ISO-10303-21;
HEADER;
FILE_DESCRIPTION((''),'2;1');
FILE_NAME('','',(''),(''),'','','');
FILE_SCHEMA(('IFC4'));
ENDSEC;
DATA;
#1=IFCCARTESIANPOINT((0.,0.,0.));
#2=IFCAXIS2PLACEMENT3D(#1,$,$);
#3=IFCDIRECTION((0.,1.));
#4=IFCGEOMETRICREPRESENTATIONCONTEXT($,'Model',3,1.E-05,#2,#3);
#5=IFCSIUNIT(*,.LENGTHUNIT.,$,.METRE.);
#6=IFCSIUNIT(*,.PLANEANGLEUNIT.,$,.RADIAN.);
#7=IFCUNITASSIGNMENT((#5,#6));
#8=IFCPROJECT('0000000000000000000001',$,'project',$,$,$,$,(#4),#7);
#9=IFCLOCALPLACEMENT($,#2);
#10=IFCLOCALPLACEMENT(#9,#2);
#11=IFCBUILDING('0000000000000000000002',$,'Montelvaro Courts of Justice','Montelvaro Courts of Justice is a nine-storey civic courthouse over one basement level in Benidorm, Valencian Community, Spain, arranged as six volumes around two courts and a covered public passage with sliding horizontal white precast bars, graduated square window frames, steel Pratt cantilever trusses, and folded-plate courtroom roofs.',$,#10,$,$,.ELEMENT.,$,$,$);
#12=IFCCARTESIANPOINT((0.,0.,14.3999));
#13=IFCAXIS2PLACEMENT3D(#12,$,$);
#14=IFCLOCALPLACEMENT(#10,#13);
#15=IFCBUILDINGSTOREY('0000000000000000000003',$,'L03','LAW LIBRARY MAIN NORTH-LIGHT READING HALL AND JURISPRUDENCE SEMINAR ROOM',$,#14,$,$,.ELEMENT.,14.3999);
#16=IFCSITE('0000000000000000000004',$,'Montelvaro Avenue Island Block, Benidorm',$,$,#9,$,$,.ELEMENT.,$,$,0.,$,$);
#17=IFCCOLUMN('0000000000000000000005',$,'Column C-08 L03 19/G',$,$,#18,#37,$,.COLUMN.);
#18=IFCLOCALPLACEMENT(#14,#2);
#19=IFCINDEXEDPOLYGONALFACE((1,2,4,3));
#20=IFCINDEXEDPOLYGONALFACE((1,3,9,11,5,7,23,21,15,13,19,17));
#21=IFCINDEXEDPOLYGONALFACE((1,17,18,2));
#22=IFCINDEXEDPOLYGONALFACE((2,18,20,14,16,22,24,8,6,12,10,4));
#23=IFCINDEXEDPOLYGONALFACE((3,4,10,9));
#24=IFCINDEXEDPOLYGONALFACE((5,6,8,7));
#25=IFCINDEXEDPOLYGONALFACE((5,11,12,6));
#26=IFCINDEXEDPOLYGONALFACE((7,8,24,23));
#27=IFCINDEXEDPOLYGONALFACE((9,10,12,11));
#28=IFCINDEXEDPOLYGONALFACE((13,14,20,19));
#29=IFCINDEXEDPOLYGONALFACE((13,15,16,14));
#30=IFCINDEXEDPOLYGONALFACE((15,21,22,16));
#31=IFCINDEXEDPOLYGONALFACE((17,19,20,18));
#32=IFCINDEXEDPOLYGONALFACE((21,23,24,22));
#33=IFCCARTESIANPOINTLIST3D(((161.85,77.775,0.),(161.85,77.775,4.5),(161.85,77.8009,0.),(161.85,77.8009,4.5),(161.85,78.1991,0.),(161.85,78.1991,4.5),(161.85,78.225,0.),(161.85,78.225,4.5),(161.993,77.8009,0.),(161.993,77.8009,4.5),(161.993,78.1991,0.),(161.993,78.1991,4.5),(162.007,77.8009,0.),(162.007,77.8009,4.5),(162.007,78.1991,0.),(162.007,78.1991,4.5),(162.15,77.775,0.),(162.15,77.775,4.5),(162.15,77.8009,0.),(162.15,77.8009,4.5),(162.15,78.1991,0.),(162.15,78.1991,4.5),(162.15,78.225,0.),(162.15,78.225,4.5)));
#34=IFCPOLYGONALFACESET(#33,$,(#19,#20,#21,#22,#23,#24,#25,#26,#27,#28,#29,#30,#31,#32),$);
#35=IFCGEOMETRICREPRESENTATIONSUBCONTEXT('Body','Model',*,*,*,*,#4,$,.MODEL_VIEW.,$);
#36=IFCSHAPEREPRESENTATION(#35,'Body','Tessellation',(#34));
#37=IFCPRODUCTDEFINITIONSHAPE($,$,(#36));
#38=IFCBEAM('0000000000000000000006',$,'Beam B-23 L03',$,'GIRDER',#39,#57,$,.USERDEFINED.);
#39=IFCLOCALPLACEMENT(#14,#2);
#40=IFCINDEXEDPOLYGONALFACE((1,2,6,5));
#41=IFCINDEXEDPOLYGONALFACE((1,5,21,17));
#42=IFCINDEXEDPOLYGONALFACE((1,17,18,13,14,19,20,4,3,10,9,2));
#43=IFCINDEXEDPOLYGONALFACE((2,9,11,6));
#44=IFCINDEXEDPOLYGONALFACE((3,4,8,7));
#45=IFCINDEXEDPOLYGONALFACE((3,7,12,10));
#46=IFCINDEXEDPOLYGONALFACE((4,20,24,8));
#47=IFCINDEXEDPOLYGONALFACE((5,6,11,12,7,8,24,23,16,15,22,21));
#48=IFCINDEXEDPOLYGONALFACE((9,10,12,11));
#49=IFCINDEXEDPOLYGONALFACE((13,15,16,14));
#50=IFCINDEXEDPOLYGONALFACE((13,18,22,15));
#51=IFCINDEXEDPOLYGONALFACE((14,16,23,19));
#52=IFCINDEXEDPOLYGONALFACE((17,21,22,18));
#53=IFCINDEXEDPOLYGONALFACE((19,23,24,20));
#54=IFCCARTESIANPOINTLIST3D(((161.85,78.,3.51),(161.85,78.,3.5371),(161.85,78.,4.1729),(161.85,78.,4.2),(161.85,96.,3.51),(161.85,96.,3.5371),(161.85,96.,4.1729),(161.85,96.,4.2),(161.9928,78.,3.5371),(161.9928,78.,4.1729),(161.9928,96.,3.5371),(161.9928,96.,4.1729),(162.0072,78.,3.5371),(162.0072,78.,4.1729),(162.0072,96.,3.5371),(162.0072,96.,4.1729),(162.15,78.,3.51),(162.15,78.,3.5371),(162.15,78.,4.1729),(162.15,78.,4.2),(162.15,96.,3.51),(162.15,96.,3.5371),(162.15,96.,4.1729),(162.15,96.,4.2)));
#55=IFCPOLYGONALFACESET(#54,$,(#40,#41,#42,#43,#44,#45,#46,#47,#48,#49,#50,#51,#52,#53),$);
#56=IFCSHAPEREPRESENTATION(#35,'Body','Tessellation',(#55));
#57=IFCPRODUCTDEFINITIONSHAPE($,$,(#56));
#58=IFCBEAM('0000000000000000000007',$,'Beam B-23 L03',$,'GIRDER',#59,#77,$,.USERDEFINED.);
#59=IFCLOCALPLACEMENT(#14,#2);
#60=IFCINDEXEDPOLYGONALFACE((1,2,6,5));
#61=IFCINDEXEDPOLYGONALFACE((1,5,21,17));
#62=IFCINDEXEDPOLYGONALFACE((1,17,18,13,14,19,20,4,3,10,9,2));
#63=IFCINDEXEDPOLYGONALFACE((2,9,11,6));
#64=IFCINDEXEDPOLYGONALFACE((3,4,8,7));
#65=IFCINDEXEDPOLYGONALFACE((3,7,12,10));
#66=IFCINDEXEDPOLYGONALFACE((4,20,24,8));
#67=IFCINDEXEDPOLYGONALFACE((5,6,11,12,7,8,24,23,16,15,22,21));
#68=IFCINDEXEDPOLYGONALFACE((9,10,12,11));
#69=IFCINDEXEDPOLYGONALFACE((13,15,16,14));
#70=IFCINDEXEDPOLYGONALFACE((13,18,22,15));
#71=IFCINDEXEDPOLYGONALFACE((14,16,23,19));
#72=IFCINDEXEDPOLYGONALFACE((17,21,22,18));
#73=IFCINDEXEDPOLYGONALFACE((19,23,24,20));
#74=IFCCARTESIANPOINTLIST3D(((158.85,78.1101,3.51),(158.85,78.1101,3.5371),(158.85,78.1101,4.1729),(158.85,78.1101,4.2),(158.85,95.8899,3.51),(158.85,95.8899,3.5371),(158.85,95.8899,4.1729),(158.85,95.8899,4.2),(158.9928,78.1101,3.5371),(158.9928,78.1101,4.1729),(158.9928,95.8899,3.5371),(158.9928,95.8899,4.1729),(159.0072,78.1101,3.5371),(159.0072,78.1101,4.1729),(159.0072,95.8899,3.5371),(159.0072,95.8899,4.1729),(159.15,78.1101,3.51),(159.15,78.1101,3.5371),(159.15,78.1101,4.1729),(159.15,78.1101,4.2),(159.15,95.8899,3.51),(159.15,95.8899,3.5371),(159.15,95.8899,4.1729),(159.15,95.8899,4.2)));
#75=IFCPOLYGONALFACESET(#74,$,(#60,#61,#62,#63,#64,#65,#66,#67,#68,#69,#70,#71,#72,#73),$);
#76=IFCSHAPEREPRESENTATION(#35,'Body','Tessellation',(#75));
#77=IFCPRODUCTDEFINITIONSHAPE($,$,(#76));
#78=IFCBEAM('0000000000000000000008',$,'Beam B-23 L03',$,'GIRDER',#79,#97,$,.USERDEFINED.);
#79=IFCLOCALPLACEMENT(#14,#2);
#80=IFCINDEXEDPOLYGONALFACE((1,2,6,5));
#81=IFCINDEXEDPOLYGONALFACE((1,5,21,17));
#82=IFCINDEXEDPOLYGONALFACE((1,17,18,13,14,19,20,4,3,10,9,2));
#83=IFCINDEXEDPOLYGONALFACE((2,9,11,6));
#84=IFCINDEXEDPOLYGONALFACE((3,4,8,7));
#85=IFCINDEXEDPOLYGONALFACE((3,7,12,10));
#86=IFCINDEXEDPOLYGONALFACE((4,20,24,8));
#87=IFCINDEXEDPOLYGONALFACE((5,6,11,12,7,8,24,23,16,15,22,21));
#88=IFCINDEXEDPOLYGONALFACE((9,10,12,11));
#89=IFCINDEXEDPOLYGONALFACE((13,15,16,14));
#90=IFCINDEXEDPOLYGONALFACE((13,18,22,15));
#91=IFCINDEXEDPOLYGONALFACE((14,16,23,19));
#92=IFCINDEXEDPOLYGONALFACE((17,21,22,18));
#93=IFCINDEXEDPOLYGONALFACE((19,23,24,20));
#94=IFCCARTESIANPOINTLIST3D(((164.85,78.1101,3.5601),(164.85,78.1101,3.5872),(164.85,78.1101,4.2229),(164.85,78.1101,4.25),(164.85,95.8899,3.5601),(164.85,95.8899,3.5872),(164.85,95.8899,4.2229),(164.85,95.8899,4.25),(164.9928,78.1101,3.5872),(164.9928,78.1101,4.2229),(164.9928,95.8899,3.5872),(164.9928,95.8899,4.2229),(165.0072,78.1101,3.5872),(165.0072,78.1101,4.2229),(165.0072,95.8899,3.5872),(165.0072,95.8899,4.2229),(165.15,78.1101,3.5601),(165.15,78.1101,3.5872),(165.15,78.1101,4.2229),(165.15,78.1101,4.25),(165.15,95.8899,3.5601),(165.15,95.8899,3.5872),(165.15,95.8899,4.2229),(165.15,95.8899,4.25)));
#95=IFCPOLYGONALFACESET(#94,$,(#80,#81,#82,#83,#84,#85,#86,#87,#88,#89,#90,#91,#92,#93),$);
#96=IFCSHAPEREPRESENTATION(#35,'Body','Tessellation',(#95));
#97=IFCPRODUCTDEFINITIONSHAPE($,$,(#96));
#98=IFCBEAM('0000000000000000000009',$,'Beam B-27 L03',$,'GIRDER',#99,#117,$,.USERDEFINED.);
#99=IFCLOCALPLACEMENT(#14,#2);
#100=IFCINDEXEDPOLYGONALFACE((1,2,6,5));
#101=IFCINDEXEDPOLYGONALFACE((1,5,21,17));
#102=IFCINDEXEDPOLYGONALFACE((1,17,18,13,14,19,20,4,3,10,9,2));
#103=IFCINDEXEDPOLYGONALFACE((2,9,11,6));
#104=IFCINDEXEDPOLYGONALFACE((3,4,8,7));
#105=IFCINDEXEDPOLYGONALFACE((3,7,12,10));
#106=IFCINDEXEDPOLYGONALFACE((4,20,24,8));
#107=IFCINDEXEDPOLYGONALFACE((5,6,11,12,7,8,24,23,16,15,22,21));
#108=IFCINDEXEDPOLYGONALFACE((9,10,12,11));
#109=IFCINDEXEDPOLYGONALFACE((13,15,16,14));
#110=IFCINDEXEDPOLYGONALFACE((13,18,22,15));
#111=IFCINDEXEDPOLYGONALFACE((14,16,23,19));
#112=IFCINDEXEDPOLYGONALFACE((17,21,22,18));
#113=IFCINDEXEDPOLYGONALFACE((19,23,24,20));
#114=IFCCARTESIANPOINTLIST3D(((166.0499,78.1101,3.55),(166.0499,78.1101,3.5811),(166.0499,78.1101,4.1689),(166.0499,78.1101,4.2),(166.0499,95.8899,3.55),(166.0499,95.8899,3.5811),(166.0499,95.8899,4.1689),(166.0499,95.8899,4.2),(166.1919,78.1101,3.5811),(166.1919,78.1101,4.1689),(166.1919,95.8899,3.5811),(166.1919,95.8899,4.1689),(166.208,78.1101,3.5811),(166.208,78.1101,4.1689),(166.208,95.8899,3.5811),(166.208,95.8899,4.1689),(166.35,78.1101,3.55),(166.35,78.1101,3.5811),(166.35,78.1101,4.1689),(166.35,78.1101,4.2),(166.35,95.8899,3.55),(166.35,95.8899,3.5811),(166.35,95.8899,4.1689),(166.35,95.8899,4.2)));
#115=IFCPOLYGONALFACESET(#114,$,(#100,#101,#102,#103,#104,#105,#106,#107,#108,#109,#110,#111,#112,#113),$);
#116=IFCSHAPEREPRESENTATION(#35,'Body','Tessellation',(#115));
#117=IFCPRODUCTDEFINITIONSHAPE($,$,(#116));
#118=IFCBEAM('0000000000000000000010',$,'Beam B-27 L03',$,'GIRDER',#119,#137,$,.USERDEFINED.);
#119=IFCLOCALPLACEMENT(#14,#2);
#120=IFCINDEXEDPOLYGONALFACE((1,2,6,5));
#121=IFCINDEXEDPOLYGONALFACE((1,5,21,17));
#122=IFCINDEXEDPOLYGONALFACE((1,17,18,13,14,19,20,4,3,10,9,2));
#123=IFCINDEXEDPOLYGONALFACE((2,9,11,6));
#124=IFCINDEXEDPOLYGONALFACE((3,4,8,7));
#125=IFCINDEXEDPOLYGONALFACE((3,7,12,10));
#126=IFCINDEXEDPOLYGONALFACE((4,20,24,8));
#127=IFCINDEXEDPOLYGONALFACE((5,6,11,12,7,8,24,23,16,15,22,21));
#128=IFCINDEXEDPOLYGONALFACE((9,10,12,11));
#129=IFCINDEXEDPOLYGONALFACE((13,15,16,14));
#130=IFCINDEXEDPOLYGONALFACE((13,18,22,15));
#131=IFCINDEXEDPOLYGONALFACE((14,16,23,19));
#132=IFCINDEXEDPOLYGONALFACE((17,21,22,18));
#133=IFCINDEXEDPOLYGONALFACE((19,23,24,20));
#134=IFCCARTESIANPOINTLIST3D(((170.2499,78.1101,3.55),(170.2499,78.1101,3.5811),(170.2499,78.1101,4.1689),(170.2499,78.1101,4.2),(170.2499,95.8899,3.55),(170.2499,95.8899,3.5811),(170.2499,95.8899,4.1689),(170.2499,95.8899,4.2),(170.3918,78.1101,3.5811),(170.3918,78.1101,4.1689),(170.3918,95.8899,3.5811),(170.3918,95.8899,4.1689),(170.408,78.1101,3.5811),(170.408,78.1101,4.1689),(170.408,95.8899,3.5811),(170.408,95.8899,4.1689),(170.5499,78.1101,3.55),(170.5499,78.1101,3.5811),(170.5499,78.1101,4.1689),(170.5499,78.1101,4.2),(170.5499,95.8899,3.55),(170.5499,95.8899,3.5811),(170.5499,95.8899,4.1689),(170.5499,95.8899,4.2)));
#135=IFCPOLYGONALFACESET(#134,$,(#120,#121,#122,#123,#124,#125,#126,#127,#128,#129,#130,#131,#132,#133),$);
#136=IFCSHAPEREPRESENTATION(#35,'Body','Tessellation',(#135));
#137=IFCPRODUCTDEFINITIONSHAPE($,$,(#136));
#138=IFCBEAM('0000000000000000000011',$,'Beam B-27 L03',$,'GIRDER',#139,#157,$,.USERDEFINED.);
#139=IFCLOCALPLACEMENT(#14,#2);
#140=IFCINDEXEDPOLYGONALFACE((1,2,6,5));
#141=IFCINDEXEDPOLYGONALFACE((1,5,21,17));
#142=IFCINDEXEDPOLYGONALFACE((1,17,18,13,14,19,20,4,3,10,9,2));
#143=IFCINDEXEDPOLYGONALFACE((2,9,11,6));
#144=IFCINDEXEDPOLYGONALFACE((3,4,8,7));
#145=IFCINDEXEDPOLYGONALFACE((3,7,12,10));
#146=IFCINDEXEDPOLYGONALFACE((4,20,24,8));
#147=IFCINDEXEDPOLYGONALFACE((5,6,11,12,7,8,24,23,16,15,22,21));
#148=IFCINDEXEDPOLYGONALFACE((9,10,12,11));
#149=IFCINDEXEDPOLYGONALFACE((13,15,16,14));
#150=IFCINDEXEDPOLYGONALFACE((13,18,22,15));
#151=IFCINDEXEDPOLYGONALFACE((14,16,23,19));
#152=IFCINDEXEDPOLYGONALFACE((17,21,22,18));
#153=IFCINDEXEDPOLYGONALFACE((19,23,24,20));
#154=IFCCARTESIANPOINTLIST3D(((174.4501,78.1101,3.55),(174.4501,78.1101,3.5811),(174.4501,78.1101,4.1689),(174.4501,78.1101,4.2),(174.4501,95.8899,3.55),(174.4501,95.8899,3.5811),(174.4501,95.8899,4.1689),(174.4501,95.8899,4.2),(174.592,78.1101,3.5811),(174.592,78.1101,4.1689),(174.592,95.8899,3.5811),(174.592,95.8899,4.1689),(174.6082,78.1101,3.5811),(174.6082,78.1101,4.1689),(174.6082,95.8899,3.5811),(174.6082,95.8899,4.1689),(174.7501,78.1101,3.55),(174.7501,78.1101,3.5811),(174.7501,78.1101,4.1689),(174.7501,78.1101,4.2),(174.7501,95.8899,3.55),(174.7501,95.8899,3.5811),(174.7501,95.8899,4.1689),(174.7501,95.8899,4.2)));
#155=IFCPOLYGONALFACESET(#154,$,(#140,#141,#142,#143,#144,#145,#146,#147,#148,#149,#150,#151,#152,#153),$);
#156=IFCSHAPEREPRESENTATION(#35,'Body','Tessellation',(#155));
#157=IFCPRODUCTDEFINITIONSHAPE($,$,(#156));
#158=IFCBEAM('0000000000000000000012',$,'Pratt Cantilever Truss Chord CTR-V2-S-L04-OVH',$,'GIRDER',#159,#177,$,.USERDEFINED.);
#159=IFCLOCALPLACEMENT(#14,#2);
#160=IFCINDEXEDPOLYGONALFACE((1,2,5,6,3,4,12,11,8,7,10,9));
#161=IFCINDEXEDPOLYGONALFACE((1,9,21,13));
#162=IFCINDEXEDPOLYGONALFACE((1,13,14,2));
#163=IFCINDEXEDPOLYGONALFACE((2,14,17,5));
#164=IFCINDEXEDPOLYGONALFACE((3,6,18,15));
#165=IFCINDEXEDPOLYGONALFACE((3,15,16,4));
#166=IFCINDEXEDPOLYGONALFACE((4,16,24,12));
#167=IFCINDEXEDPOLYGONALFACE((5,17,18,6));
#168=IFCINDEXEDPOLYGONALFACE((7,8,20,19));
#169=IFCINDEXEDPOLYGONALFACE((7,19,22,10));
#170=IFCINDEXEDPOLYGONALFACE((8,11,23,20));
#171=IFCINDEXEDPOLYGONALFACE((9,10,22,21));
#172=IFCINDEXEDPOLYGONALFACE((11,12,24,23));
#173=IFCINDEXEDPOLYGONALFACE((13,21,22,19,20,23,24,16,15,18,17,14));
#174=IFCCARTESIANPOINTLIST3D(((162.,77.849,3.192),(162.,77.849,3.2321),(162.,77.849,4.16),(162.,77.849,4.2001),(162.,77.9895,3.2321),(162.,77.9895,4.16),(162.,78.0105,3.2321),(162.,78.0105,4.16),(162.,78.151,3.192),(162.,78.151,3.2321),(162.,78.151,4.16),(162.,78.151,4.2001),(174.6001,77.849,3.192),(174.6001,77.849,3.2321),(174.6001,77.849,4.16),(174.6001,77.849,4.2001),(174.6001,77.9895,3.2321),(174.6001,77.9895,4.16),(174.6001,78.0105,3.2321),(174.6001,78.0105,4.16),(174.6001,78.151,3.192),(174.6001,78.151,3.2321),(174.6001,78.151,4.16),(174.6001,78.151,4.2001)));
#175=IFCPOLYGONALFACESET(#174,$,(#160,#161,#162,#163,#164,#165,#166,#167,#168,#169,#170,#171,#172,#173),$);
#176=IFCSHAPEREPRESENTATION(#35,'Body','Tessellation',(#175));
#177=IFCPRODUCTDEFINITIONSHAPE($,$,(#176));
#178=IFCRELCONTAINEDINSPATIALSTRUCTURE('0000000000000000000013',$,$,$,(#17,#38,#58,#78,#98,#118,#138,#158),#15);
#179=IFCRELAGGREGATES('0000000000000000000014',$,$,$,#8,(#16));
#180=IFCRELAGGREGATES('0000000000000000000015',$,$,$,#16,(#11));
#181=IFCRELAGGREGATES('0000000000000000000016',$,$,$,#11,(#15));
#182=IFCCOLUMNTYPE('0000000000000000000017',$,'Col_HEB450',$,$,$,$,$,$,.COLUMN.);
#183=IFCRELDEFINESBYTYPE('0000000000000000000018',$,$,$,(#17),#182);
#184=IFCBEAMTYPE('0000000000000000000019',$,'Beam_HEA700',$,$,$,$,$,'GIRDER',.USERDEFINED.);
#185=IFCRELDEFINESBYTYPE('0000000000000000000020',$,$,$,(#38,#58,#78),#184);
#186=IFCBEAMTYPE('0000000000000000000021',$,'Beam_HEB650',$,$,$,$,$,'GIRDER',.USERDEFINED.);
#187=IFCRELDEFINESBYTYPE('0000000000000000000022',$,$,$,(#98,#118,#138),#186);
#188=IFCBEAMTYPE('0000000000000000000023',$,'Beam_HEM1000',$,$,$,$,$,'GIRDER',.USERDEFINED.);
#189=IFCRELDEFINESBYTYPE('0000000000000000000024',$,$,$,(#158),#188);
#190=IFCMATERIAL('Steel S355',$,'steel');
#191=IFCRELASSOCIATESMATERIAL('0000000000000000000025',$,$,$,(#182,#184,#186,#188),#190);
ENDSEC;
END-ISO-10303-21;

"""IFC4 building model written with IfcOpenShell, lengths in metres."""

from ifc_helpers import new_model, si_unit, direction, frame, origin, origin_2d, place, context, subcontext, project, spatial, i_section, extrude, material, material_profile, profile_set, type_object, element, save


model = new_model("IFC4")

# Units and contexts
model_context = context("Model", 3, precision=1e-05, world=origin(), true_north=direction((0.0, 1.0)))
body_context = subcontext(model_context, "Body", "Model", "MODEL_VIEW")
ifc_project = project(units=[si_unit("LENGTHUNIT", "METRE"), si_unit("PLANEANGLEUNIT", "RADIAN")], contexts=[model_context])

# Site, building, storey
site_placement = place(None, origin())
site = spatial("IfcSite", under=ifc_project, at=site_placement, Name="Montelvaro Avenue Island Block, Benidorm", CompositionType="ELEMENT", RefElevation=0.0)
building_placement = place(site_placement, origin())
building = spatial("IfcBuilding", under=site, at=building_placement, Name="Montelvaro Courts of Justice", Description="Montelvaro Courts of Justice is a nine-storey civic courthouse over one basement level in Benidorm, Valencian Community, Spain, arranged as six volumes around two courts and a covered public passage with sliding horizontal white precast bars, graduated square window frames, steel Pratt cantilever trusses, and folded-plate courtroom roofs.", CompositionType="ELEMENT")
storey_placement = place(building_placement, frame((0.0, 0.0, 14.3999)))
storey = spatial("IfcBuildingStorey", under=building, at=storey_placement, Name="L03", Description="LAW LIBRARY MAIN NORTH-LIGHT READING HALL AND JURISPRUDENCE SEMINAR ROOM", CompositionType="ELEMENT", Elevation=14.3999)

# Column
ifc_material_1 = material(Name="Steel S355", Category="steel")
ifc_material_profile_1 = material_profile(ifc_material_1, i_section(OverallWidth=0.3, OverallDepth=0.45, WebThickness=0.0139, FlangeThickness=0.0259, at=origin_2d()), Name="HEB 450")
ifc_profile_set_1 = profile_set([ifc_material_profile_1], Name="Steel S355")
column_type = type_object("IfcColumnType", Name="Col_HEB450", PredefinedType="COLUMN", material=ifc_profile_set_1)
column_placement = place(storey_placement, frame((162.0, 78.0, 0.0), z_axis=(0.0, 0.0, 1.0), x_axis=(1.0, 0.0, 0.0)))
element("IfcColumn", 1, at=column_placement, inside=storey, type_object=column_type, Name="Column C-08 L03 19/G", PredefinedType="COLUMN", context=body_context, shape_type="SweptSolid", body=[
    extrude(i_section(OverallWidth=0.3, OverallDepth=0.45, WebThickness=0.0139, FlangeThickness=0.0259, at=origin_2d()), origin(), (0.0, 0.0, 1.0), 4.5),
])

# Beams
ifc_material_profile_2 = material_profile(ifc_material_1, i_section(OverallWidth=0.3, OverallDepth=0.6899, WebThickness=0.0144, FlangeThickness=0.0271, at=origin_2d()), Name="HEA 700")
ifc_profile_set_2 = profile_set([ifc_material_profile_2], Name="Steel S355")
beam_type_1 = type_object("IfcBeamType", Name="Beam_HEA700", ElementType="GIRDER", PredefinedType="USERDEFINED", material=ifc_profile_set_2)
beam_1_placement = place(storey_placement, frame((162.0, 78.0, 3.855), z_axis=(0.0, 1.0, 0.0), x_axis=(-1.0, 0.0, 0.0)))
element("IfcBeam", 2, at=beam_1_placement, inside=storey, type_object=beam_type_1, Name="Beam B-23 L03", ObjectType="GIRDER", PredefinedType="USERDEFINED", context=body_context, shape_type="SweptSolid", body=[
    extrude(i_section(OverallWidth=0.3, OverallDepth=0.6899, WebThickness=0.0144, FlangeThickness=0.0271, at=origin_2d()), origin(), (0.0, 0.0, 1.0), 18.0),
])
for number, where, z_axis, x_axis, name in (
    (3, (159.0, 78.1101, 3.855), (0.0, 1.0, 0.0), (-1.0, 0.0, 0.0), "Beam B-23 L03"),
    (4, (165.0, 78.1101, 3.905), (0.0, 1.0, 0.0), (-1.0, 0.0, 0.0), "Beam B-23 L03"),
):
    element("IfcBeam", number, at=place(storey_placement, frame(where, z_axis=z_axis, x_axis=x_axis)), inside=storey, type_object=beam_type_1, Name=name, ObjectType="GIRDER", PredefinedType="USERDEFINED", context=body_context, shape_type="SweptSolid", body=[
        extrude(i_section(OverallWidth=0.3, OverallDepth=0.6899, WebThickness=0.0144, FlangeThickness=0.0271, at=origin_2d()), origin(), (0.0, 0.0, 1.0), 17.7798),
    ])
ifc_material_profile_3 = material_profile(ifc_material_1, i_section(OverallWidth=0.3, OverallDepth=0.6499, WebThickness=0.0161, FlangeThickness=0.031, at=origin_2d()), Name="HEB 650")
ifc_profile_set_3 = profile_set([ifc_material_profile_3], Name="Steel S355")
beam_type_2 = type_object("IfcBeamType", Name="Beam_HEB650", ElementType="GIRDER", PredefinedType="USERDEFINED", material=ifc_profile_set_3)
for number, where, z_axis, x_axis, name in (
    (5, (166.2, 78.1101, 3.875), (0.0, 1.0, 0.0), (-1.0, 0.0, 0.0), "Beam B-27 L03"),
    (6, (170.3999, 78.1101, 3.875), (0.0, 1.0, 0.0), (-1.0, 0.0, 0.0), "Beam B-27 L03"),
    (7, (174.6001, 78.1101, 3.875), (0.0, 1.0, 0.0), (-1.0, 0.0, 0.0), "Beam B-27 L03"),
):
    element("IfcBeam", number, at=place(storey_placement, frame(where, z_axis=z_axis, x_axis=x_axis)), inside=storey, type_object=beam_type_2, Name=name, ObjectType="GIRDER", PredefinedType="USERDEFINED", context=body_context, shape_type="SweptSolid", body=[
        extrude(i_section(OverallWidth=0.3, OverallDepth=0.6499, WebThickness=0.0161, FlangeThickness=0.031, at=origin_2d()), origin(), (0.0, 0.0, 1.0), 17.7798),
    ])
ifc_material_profile_4 = material_profile(ifc_material_1, i_section(OverallWidth=0.302, OverallDepth=1.0081, WebThickness=0.021, FlangeThickness=0.04, at=origin_2d()), Name="HEM 1000")
ifc_profile_set_4 = profile_set([ifc_material_profile_4], Name="Steel S355")
beam_type_3 = type_object("IfcBeamType", Name="Beam_HEM1000", ElementType="GIRDER", PredefinedType="USERDEFINED", material=ifc_profile_set_4)
beam_2_placement = place(storey_placement, frame((162.0, 78.0, 3.696), z_axis=(1.0, 0.0, 0.0), x_axis=(0.0, 1.0, 0.0)))
element("IfcBeam", 8, at=beam_2_placement, inside=storey, type_object=beam_type_3, Name="Pratt Cantilever Truss Chord CTR-V2-S-L04-OVH", ObjectType="GIRDER", PredefinedType="USERDEFINED", context=body_context, shape_type="SweptSolid", body=[
    extrude(i_section(OverallWidth=0.302, OverallDepth=1.0081, WebThickness=0.021, FlangeThickness=0.04, at=origin_2d()), origin(), (0.0, 0.0, 1.0), 12.6001),
])

save(model, "model.ifc")
